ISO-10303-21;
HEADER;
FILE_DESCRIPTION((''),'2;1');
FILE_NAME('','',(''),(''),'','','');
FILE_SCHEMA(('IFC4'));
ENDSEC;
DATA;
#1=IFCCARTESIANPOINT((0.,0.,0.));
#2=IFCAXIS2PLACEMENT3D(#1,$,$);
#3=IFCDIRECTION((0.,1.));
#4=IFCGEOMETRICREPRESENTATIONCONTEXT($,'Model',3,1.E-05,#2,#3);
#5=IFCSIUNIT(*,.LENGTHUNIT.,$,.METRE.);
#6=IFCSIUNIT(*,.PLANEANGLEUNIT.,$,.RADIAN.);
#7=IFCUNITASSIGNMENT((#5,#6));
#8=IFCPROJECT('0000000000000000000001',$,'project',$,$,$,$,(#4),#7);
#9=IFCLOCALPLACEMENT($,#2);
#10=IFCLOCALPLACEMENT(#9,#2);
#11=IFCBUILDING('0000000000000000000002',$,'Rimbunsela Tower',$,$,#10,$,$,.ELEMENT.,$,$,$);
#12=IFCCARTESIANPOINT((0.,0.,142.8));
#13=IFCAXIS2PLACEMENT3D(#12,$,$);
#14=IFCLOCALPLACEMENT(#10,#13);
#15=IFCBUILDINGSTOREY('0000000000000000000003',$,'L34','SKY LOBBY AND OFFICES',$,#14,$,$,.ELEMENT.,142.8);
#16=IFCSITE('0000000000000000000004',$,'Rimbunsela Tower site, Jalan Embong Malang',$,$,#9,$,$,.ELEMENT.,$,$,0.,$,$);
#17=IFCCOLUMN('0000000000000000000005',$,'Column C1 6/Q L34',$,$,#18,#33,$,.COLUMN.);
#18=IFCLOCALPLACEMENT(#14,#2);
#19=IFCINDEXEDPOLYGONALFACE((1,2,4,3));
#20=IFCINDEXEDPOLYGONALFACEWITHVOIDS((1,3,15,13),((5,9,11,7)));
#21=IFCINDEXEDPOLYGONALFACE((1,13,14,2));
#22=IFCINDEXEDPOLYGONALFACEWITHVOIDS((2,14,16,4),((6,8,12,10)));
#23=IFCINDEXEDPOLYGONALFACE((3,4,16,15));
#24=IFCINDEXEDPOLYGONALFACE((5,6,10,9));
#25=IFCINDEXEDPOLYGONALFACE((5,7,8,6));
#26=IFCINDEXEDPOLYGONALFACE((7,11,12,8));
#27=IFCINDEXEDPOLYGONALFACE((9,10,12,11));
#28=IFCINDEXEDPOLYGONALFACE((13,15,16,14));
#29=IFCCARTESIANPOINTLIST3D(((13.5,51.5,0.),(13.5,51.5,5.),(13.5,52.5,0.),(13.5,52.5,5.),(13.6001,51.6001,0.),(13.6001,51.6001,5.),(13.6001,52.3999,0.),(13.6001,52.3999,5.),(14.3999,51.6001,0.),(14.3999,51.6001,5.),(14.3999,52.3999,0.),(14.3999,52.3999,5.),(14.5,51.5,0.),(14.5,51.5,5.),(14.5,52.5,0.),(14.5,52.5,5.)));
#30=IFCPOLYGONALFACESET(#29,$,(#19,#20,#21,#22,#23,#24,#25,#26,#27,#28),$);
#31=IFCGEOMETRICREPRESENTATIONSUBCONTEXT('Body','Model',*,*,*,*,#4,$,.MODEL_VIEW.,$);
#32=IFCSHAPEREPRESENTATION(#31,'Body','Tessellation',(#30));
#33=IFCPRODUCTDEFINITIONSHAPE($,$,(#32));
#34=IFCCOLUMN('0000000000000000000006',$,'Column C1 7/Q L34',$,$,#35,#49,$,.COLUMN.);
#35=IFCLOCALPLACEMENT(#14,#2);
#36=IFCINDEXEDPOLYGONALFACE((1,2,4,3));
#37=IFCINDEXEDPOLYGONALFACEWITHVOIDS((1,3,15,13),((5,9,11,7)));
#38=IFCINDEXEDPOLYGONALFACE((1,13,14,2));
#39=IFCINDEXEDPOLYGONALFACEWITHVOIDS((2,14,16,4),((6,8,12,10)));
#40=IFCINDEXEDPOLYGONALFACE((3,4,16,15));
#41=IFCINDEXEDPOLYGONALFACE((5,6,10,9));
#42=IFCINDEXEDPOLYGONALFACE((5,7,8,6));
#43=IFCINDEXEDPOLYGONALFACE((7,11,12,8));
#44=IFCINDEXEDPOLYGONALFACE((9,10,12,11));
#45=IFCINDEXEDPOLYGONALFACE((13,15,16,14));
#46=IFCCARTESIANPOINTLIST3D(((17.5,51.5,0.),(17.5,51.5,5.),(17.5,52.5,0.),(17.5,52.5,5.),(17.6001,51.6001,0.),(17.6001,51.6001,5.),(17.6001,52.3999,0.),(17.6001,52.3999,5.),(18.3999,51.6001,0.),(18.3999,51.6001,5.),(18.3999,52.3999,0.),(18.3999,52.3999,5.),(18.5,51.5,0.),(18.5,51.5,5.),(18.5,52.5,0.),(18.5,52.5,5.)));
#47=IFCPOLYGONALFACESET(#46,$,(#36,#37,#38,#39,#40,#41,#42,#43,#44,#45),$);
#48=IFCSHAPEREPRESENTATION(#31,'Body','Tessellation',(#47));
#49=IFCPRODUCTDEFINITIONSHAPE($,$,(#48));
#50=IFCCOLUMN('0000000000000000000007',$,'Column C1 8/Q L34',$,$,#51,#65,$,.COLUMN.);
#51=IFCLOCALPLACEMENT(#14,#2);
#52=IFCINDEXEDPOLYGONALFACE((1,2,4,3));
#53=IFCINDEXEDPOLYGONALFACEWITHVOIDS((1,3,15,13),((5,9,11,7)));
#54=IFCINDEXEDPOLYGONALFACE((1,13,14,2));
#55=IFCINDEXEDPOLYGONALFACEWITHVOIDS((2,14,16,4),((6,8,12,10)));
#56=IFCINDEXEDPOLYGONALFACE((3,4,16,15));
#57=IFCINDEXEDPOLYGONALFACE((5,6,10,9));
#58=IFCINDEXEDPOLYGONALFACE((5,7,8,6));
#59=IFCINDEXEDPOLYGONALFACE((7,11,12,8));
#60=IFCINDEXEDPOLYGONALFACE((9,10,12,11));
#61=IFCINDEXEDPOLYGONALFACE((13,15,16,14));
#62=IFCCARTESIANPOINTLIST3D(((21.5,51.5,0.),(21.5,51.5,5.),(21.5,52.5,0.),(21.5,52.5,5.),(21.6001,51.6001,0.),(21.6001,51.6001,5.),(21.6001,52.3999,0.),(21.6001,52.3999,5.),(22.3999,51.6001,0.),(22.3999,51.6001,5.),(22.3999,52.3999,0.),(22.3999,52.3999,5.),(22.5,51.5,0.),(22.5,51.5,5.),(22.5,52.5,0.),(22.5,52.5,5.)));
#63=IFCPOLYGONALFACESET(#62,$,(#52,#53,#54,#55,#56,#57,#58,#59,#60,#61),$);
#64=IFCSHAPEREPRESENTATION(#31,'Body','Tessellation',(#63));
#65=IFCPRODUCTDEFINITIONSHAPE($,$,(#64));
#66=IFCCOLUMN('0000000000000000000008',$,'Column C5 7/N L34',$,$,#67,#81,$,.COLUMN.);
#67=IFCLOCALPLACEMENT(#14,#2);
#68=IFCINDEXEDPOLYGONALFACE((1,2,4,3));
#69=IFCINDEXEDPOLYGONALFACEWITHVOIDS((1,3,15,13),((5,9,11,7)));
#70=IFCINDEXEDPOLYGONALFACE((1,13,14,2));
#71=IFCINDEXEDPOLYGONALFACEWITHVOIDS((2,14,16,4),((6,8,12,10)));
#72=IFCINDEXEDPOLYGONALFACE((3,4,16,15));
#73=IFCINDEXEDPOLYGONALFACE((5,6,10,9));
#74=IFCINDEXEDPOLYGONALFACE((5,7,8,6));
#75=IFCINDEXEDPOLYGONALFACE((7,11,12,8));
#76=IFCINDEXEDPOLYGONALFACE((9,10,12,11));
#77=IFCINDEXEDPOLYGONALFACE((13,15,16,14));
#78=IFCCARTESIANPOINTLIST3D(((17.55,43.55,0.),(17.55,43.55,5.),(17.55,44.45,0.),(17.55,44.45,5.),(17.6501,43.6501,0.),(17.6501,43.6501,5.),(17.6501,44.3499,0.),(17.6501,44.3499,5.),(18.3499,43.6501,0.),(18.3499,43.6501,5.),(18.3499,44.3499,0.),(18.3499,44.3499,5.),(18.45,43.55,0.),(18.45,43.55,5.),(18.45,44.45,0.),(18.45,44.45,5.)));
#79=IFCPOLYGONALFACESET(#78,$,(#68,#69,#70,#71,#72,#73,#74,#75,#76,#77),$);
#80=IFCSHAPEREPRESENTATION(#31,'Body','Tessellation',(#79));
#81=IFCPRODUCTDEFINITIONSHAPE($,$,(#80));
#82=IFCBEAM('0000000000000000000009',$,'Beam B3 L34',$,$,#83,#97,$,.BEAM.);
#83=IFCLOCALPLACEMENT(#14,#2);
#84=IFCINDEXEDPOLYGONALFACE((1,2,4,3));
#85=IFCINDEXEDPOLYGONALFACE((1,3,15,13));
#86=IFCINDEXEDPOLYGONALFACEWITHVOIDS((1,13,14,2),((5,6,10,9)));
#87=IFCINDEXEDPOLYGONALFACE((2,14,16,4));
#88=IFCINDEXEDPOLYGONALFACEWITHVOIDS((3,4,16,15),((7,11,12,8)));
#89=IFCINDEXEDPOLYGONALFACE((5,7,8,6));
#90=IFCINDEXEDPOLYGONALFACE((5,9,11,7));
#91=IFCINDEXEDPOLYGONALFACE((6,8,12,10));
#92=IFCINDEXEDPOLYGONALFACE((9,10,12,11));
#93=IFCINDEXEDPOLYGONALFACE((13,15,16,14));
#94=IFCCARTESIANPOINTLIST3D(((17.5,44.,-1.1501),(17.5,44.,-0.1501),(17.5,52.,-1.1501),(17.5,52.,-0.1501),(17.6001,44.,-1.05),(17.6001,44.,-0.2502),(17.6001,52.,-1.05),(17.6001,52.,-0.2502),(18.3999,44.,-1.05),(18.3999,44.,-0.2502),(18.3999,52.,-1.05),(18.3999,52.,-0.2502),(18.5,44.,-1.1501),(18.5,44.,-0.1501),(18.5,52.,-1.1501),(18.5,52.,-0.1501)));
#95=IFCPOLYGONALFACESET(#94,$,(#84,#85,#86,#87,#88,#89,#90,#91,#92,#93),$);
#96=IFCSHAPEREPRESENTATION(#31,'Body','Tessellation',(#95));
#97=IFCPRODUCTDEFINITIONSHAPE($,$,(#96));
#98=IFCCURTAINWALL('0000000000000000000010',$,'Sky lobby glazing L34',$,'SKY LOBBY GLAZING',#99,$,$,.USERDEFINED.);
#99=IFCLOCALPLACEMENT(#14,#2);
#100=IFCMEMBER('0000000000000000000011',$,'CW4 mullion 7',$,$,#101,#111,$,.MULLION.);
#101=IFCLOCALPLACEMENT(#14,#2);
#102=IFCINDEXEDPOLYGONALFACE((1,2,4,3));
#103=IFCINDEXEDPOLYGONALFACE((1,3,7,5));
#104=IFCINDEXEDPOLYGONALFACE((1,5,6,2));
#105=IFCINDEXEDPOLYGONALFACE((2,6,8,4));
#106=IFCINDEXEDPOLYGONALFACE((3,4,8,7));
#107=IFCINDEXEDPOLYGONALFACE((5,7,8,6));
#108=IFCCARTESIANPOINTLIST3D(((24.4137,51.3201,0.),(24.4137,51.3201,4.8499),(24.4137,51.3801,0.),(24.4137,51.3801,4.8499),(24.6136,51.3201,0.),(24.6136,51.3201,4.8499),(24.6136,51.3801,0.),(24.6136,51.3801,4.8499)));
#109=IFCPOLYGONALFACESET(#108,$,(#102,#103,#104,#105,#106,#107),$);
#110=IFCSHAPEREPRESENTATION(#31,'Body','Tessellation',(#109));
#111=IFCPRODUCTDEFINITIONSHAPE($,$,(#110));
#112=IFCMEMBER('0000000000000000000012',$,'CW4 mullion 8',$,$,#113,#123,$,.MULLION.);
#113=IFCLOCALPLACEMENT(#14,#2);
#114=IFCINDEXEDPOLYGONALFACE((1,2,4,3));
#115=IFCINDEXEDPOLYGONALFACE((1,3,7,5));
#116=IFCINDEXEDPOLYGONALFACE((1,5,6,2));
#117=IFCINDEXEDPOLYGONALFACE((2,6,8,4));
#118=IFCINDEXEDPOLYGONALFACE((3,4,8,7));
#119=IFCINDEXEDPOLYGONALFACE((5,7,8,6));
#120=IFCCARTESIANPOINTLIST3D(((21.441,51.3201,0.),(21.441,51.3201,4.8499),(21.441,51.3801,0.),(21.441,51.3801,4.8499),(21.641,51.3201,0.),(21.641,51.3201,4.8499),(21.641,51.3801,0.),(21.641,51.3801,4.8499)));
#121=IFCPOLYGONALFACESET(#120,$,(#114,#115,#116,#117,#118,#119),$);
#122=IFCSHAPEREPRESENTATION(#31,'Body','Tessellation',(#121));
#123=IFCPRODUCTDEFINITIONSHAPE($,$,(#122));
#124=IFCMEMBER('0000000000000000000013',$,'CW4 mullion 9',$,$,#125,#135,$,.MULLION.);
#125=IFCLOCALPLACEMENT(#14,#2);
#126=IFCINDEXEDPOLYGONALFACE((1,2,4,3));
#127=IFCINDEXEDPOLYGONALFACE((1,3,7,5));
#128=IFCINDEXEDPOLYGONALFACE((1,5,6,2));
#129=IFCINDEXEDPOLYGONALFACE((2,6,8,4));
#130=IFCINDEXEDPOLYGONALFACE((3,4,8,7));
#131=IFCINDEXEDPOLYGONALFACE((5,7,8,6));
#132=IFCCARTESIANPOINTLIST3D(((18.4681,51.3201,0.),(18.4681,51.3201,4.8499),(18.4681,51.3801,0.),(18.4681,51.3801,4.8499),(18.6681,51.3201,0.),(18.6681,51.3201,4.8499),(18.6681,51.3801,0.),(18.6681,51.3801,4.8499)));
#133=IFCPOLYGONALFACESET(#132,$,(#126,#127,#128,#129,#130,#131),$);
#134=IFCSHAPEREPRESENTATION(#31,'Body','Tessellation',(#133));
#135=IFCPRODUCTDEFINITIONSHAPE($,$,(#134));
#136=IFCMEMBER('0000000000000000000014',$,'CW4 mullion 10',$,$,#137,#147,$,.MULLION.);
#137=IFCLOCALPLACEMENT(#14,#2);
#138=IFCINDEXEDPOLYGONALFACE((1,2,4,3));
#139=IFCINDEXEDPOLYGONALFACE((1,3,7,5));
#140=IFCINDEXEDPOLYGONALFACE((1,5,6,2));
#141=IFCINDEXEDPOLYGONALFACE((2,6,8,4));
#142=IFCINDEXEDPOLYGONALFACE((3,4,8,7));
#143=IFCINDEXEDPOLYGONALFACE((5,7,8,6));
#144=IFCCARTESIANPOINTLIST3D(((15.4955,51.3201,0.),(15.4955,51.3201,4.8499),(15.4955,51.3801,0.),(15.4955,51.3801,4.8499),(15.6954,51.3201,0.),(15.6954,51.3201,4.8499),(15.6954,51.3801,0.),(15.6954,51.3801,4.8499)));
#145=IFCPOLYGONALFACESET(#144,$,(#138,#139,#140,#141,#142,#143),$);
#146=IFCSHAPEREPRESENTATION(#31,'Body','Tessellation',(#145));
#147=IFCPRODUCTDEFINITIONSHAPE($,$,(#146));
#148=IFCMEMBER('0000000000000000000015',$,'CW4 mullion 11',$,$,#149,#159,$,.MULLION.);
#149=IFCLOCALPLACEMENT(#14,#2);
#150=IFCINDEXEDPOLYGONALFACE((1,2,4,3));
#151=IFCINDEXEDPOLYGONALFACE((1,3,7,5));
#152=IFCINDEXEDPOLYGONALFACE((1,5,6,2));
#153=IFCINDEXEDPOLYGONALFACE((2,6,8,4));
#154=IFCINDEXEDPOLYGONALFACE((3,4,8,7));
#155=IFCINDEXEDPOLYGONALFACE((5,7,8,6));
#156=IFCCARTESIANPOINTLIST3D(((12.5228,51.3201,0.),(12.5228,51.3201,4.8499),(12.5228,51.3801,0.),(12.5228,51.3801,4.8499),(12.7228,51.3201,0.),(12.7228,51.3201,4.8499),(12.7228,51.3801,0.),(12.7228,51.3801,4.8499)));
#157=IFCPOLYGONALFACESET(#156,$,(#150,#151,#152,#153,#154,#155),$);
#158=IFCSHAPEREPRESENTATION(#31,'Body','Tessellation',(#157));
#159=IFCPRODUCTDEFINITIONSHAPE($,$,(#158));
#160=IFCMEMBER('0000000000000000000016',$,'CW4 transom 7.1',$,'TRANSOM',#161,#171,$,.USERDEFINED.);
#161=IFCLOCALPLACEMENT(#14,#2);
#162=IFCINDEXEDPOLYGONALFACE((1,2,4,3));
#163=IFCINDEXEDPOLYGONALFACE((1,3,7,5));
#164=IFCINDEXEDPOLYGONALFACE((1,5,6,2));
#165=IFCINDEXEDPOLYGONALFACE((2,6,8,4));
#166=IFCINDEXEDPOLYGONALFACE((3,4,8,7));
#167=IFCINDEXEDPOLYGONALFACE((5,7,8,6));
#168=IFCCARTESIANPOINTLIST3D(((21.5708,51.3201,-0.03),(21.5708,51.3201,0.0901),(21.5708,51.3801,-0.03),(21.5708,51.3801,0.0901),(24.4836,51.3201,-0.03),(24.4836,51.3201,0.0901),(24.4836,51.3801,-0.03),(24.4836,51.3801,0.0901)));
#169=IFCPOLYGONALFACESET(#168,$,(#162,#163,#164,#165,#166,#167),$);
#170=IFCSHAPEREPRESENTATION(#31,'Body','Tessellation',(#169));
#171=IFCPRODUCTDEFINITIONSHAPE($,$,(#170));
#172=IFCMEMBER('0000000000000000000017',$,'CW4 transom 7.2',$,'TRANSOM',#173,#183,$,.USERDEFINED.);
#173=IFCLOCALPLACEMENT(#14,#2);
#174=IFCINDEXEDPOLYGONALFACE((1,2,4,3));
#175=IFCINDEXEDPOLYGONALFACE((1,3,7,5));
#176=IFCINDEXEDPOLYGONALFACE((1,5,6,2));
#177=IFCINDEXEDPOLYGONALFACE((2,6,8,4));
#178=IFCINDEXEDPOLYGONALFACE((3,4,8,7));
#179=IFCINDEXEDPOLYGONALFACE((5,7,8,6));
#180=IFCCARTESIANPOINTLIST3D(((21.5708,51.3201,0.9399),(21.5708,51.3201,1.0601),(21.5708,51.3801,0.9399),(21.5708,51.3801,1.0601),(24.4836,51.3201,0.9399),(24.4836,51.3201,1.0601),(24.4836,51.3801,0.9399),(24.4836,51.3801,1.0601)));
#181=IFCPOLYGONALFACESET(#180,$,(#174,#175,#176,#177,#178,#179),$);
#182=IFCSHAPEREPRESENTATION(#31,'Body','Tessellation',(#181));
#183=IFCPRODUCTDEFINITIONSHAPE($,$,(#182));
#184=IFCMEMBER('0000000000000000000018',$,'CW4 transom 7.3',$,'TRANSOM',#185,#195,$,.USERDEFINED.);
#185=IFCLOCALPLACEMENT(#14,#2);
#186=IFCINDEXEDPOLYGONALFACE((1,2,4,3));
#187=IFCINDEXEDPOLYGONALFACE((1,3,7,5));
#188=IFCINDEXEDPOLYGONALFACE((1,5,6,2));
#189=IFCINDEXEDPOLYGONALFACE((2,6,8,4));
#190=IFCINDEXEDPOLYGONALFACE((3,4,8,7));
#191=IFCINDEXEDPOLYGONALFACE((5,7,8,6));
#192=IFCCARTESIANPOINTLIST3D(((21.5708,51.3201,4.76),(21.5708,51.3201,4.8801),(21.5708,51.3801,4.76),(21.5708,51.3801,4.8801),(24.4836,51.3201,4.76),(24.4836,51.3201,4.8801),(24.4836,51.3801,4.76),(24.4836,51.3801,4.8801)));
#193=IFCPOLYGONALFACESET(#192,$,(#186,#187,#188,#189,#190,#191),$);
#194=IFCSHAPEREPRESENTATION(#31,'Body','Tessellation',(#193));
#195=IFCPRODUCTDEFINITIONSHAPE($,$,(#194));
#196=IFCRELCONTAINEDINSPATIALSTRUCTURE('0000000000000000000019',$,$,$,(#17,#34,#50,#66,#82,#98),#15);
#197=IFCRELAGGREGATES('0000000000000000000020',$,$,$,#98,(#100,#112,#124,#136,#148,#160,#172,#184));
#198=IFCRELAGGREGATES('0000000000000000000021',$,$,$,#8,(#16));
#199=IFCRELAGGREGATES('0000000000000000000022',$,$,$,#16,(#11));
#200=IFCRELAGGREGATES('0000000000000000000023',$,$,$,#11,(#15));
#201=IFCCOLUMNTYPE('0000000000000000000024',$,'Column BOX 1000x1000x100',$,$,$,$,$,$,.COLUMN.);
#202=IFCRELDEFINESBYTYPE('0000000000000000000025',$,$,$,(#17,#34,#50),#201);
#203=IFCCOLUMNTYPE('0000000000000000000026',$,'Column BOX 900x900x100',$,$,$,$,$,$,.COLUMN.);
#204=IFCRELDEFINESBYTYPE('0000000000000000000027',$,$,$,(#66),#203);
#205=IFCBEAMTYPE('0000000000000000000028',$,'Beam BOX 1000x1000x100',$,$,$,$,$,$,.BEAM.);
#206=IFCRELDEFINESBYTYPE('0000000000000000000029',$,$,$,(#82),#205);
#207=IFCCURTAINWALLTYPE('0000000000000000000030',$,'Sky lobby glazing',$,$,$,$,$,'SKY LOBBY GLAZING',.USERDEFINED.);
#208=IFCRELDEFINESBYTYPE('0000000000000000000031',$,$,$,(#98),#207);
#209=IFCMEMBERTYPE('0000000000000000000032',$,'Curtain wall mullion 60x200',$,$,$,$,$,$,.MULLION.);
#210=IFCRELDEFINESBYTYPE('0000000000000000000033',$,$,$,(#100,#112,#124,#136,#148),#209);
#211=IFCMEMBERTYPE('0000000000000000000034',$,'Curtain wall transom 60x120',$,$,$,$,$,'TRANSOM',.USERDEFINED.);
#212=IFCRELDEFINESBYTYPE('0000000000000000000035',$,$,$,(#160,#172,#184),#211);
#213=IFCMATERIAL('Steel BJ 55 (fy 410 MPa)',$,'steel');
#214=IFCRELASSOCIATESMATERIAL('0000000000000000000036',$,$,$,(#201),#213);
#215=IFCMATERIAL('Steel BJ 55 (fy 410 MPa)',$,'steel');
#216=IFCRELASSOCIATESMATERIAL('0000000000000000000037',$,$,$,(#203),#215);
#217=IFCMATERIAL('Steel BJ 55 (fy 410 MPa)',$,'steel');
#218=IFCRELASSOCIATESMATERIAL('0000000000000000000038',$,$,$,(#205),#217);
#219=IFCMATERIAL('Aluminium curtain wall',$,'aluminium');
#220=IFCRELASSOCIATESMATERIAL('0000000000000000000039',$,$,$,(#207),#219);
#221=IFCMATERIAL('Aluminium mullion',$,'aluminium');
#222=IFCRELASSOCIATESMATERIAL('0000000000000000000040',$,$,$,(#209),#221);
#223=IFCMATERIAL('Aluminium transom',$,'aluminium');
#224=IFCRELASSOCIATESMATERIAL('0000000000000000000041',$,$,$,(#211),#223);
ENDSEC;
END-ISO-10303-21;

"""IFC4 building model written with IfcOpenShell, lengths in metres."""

from ifc_helpers import new_model, si_unit, direction, frame, origin, origin_2d, place, context, subcontext, project, spatial, rectangle, hollow_rectangle, extrude, material, material_profile, profile_set, type_object, element, aggregate, save


model = new_model("IFC4")

# Units and contexts
model_context = context("Model", 3, precision=1e-05, world=origin(), true_north=direction((0.0, 1.0)))
body_context = subcontext(model_context, "Body", "Model", "MODEL_VIEW")
ifc_project = project(units=[si_unit("LENGTHUNIT", "METRE"), si_unit("PLANEANGLEUNIT", "RADIAN")], contexts=[model_context])

# Site, building, storey
site_placement = place(None, origin())
site = spatial("IfcSite", under=ifc_project, at=site_placement, Name="Rimbunsela Tower site, Jalan Embong Malang", CompositionType="ELEMENT", RefElevation=0.0)
building_placement = place(site_placement, origin())
building = spatial("IfcBuilding", under=site, at=building_placement, Name="Rimbunsela Tower", CompositionType="ELEMENT")
storey_placement = place(building_placement, frame((0.0, 0.0, 142.8)))
storey = spatial("IfcBuildingStorey", under=building, at=storey_placement, Name="L34", Description="SKY LOBBY AND OFFICES", CompositionType="ELEMENT", Elevation=142.8)

# Columns
ifc_material_1 = material(Name="Steel BJ 55 (fy 410 MPa)", Category="steel")
ifc_material_profile_1 = material_profile(ifc_material_1, hollow_rectangle(XDim=1.0, YDim=1.0, WallThickness=0.1001, at=origin_2d()), Name="BOX 1000x1000x100")
ifc_profile_set_1 = profile_set([ifc_material_profile_1], Name="Steel BJ 55 (fy 410 MPa)")
column_type_1 = type_object("IfcColumnType", Name="Column BOX 1000x1000x100", PredefinedType="COLUMN", material=ifc_profile_set_1)
for number, where, z_axis, x_axis, name in (
    (1, (14.0, 52.0, 0.0), (0.0, 0.0, 1.0), (1.0, 0.0, 0.0), "Column C1 6/Q L34"),
    (2, (18.0, 52.0, 0.0), (0.0, 0.0, 1.0), (1.0, 0.0, 0.0), "Column C1 7/Q L34"),
    (3, (22.0, 52.0, 0.0), (0.0, 0.0, 1.0), (1.0, 0.0, 0.0), "Column C1 8/Q L34"),
):
    element("IfcColumn", number, at=place(storey_placement, frame(where, z_axis=z_axis, x_axis=x_axis)), inside=storey, type_object=column_type_1, Name=name, PredefinedType="COLUMN", context=body_context, shape_type="SweptSolid", body=[
        extrude(hollow_rectangle(XDim=1.0, YDim=1.0, WallThickness=0.1001, at=origin_2d()), origin(), (0.0, 0.0, 1.0), 5.0),
    ])
ifc_material_2 = material(Name="Steel BJ 55 (fy 410 MPa)", Category="steel")
ifc_material_profile_2 = material_profile(ifc_material_2, hollow_rectangle(XDim=0.8999, YDim=0.8999, WallThickness=0.1001, at=origin_2d()), Name="BOX 900x900x100")
ifc_profile_set_2 = profile_set([ifc_material_profile_2], Name="Steel BJ 55 (fy 410 MPa)")
column_type_2 = type_object("IfcColumnType", Name="Column BOX 900x900x100", PredefinedType="COLUMN", material=ifc_profile_set_2)
column_placement = place(storey_placement, frame((18.0, 44.0, 0.0), z_axis=(0.0, 0.0, 1.0), x_axis=(1.0, 0.0, 0.0)))
element("IfcColumn", 4, at=column_placement, inside=storey, type_object=column_type_2, Name="Column C5 7/N L34", PredefinedType="COLUMN", context=body_context, shape_type="SweptSolid", body=[
    extrude(hollow_rectangle(XDim=0.8999, YDim=0.8999, WallThickness=0.1001, at=origin_2d()), origin(), (0.0, 0.0, 1.0), 5.0),
])

# Beam
ifc_material_3 = material(Name="Steel BJ 55 (fy 410 MPa)", Category="steel")
ifc_material_profile_3 = material_profile(ifc_material_3, hollow_rectangle(XDim=1.0, YDim=1.0, WallThickness=0.1001, at=origin_2d()), Name="BOX 1000x1000x100")
ifc_profile_set_3 = profile_set([ifc_material_profile_3], Name="Steel BJ 55 (fy 410 MPa)")
beam_type = type_object("IfcBeamType", Name="Beam BOX 1000x1000x100", PredefinedType="BEAM", material=ifc_profile_set_3)
beam_placement = place(storey_placement, frame((18.0, 44.0, -0.6501), z_axis=(0.0, 1.0, 0.0), x_axis=(-1.0, 0.0, 0.0)))
element("IfcBeam", 5, at=beam_placement, inside=storey, type_object=beam_type, Name="Beam B3 L34", PredefinedType="BEAM", context=body_context, shape_type="SweptSolid", body=[
    extrude(hollow_rectangle(XDim=1.0, YDim=1.0, WallThickness=0.1001, at=origin_2d()), origin(), (0.0, 0.0, 1.0), 8.0),
])

# Curtain wall, members
ifc_material_4 = material(Name="Aluminium curtain wall", Category="aluminium")
curtain_wall_type = type_object("IfcCurtainWallType", Name="Sky lobby glazing", ElementType="SKY LOBBY GLAZING", PredefinedType="USERDEFINED", material=ifc_material_4)
curtain_wall_placement = place(storey_placement, origin())
curtain_wall = element("IfcCurtainWall", 6, at=curtain_wall_placement, inside=storey, type_object=curtain_wall_type, Name="Sky lobby glazing L34", ObjectType="SKY LOBBY GLAZING", PredefinedType="USERDEFINED")
ifc_material_5 = material(Name="Aluminium mullion", Category="aluminium")
ifc_material_profile_4 = material_profile(ifc_material_5, rectangle(XDim=0.0601, YDim=0.2, at=origin_2d()), Name="Mullion 60x200")
ifc_profile_set_4 = profile_set([ifc_material_profile_4], Name="Aluminium mullion")
member_type_1 = type_object("IfcMemberType", Name="Curtain wall mullion 60x200", PredefinedType="MULLION", material=ifc_profile_set_4)
member_1_placement = place(storey_placement, frame((24.5137, 51.3501, 0.0), z_axis=(0.0, 0.0, 1.0), x_axis=(0.0, -1.0, 0.0)))
member_1 = element("IfcMember", 7, at=member_1_placement, type_object=member_type_1, Name="CW4 mullion 7", PredefinedType="MULLION", context=body_context, shape_type="SweptSolid", body=[
    extrude(rectangle(XDim=0.0601, YDim=0.2, at=origin_2d()), origin(), (0.0, 0.0, 1.0), 4.8499),
])
member_2_placement = place(storey_placement, frame((21.541, 51.3501, 0.0), z_axis=(0.0, 0.0, 1.0), x_axis=(0.0, -1.0, 0.0)))
member_2 = element("IfcMember", 8, at=member_2_placement, type_object=member_type_1, Name="CW4 mullion 8", PredefinedType="MULLION", context=body_context, shape_type="SweptSolid", body=[
    extrude(rectangle(XDim=0.0601, YDim=0.2, at=origin_2d()), origin(), (0.0, 0.0, 1.0), 4.8499),
])
member_3_placement = place(storey_placement, frame((18.5681, 51.3501, 0.0), z_axis=(0.0, 0.0, 1.0), x_axis=(0.0, -1.0, 0.0)))
member_3 = element("IfcMember", 9, at=member_3_placement, type_object=member_type_1, Name="CW4 mullion 9", PredefinedType="MULLION", context=body_context, shape_type="SweptSolid", body=[
    extrude(rectangle(XDim=0.0601, YDim=0.2, at=origin_2d()), origin(), (0.0, 0.0, 1.0), 4.8499),
])
member_4_placement = place(storey_placement, frame((15.5955, 51.3501, 0.0), z_axis=(0.0, 0.0, 1.0), x_axis=(0.0, -1.0, 0.0)))
member_4 = element("IfcMember", 10, at=member_4_placement, type_object=member_type_1, Name="CW4 mullion 10", PredefinedType="MULLION", context=body_context, shape_type="SweptSolid", body=[
    extrude(rectangle(XDim=0.0601, YDim=0.2, at=origin_2d()), origin(), (0.0, 0.0, 1.0), 4.8499),
])
member_5_placement = place(storey_placement, frame((12.6228, 51.3501, 0.0), z_axis=(0.0, 0.0, 1.0), x_axis=(0.0, -1.0, 0.0)))
member_5 = element("IfcMember", 11, at=member_5_placement, type_object=member_type_1, Name="CW4 mullion 11", PredefinedType="MULLION", context=body_context, shape_type="SweptSolid", body=[
    extrude(rectangle(XDim=0.0601, YDim=0.2, at=origin_2d()), origin(), (0.0, 0.0, 1.0), 4.8499),
])
ifc_material_6 = material(Name="Aluminium transom", Category="aluminium")
ifc_material_profile_5 = material_profile(ifc_material_6, rectangle(XDim=0.0601, YDim=0.1201, at=origin_2d()), Name="Transom 60x120")
ifc_profile_set_5 = profile_set([ifc_material_profile_5], Name="Aluminium transom")
member_type_2 = type_object("IfcMemberType", Name="Curtain wall transom 60x120", ElementType="TRANSOM", PredefinedType="USERDEFINED", material=ifc_profile_set_5)
member_6_placement = place(storey_placement, frame((24.4836, 51.3501, 0.03), z_axis=(-1.0, 0.0, 0.0), x_axis=(0.0, -1.0, 0.0)))
member_6 = element("IfcMember", 12, at=member_6_placement, type_object=member_type_2, Name="CW4 transom 7.1", ObjectType="TRANSOM", PredefinedType="USERDEFINED", context=body_context, shape_type="SweptSolid", body=[
    extrude(rectangle(XDim=0.0601, YDim=0.1201, at=origin_2d()), origin(), (0.0, 0.0, 1.0), 2.9128),
])
member_7_placement = place(storey_placement, frame((24.4836, 51.3501, 1.0), z_axis=(-1.0, 0.0, 0.0), x_axis=(0.0, -1.0, 0.0)))
member_7 = element("IfcMember", 13, at=member_7_placement, type_object=member_type_2, Name="CW4 transom 7.2", ObjectType="TRANSOM", PredefinedType="USERDEFINED", context=body_context, shape_type="SweptSolid", body=[
    extrude(rectangle(XDim=0.0601, YDim=0.1201, at=origin_2d()), origin(), (0.0, 0.0, 1.0), 2.9128),
])
member_8_placement = place(storey_placement, frame((24.4836, 51.3501, 4.8201), z_axis=(-1.0, 0.0, 0.0), x_axis=(0.0, -1.0, 0.0)))
member_8 = element("IfcMember", 14, at=member_8_placement, type_object=member_type_2, Name="CW4 transom 7.3", ObjectType="TRANSOM", PredefinedType="USERDEFINED", context=body_context, shape_type="SweptSolid", body=[
    extrude(rectangle(XDim=0.0601, YDim=0.1201, at=origin_2d()), origin(), (0.0, 0.0, 1.0), 2.9128),
])
aggregate(curtain_wall, [member_1, member_2, member_3, member_4, member_5, member_6, member_7, member_8])

save(model, "model.ifc")
